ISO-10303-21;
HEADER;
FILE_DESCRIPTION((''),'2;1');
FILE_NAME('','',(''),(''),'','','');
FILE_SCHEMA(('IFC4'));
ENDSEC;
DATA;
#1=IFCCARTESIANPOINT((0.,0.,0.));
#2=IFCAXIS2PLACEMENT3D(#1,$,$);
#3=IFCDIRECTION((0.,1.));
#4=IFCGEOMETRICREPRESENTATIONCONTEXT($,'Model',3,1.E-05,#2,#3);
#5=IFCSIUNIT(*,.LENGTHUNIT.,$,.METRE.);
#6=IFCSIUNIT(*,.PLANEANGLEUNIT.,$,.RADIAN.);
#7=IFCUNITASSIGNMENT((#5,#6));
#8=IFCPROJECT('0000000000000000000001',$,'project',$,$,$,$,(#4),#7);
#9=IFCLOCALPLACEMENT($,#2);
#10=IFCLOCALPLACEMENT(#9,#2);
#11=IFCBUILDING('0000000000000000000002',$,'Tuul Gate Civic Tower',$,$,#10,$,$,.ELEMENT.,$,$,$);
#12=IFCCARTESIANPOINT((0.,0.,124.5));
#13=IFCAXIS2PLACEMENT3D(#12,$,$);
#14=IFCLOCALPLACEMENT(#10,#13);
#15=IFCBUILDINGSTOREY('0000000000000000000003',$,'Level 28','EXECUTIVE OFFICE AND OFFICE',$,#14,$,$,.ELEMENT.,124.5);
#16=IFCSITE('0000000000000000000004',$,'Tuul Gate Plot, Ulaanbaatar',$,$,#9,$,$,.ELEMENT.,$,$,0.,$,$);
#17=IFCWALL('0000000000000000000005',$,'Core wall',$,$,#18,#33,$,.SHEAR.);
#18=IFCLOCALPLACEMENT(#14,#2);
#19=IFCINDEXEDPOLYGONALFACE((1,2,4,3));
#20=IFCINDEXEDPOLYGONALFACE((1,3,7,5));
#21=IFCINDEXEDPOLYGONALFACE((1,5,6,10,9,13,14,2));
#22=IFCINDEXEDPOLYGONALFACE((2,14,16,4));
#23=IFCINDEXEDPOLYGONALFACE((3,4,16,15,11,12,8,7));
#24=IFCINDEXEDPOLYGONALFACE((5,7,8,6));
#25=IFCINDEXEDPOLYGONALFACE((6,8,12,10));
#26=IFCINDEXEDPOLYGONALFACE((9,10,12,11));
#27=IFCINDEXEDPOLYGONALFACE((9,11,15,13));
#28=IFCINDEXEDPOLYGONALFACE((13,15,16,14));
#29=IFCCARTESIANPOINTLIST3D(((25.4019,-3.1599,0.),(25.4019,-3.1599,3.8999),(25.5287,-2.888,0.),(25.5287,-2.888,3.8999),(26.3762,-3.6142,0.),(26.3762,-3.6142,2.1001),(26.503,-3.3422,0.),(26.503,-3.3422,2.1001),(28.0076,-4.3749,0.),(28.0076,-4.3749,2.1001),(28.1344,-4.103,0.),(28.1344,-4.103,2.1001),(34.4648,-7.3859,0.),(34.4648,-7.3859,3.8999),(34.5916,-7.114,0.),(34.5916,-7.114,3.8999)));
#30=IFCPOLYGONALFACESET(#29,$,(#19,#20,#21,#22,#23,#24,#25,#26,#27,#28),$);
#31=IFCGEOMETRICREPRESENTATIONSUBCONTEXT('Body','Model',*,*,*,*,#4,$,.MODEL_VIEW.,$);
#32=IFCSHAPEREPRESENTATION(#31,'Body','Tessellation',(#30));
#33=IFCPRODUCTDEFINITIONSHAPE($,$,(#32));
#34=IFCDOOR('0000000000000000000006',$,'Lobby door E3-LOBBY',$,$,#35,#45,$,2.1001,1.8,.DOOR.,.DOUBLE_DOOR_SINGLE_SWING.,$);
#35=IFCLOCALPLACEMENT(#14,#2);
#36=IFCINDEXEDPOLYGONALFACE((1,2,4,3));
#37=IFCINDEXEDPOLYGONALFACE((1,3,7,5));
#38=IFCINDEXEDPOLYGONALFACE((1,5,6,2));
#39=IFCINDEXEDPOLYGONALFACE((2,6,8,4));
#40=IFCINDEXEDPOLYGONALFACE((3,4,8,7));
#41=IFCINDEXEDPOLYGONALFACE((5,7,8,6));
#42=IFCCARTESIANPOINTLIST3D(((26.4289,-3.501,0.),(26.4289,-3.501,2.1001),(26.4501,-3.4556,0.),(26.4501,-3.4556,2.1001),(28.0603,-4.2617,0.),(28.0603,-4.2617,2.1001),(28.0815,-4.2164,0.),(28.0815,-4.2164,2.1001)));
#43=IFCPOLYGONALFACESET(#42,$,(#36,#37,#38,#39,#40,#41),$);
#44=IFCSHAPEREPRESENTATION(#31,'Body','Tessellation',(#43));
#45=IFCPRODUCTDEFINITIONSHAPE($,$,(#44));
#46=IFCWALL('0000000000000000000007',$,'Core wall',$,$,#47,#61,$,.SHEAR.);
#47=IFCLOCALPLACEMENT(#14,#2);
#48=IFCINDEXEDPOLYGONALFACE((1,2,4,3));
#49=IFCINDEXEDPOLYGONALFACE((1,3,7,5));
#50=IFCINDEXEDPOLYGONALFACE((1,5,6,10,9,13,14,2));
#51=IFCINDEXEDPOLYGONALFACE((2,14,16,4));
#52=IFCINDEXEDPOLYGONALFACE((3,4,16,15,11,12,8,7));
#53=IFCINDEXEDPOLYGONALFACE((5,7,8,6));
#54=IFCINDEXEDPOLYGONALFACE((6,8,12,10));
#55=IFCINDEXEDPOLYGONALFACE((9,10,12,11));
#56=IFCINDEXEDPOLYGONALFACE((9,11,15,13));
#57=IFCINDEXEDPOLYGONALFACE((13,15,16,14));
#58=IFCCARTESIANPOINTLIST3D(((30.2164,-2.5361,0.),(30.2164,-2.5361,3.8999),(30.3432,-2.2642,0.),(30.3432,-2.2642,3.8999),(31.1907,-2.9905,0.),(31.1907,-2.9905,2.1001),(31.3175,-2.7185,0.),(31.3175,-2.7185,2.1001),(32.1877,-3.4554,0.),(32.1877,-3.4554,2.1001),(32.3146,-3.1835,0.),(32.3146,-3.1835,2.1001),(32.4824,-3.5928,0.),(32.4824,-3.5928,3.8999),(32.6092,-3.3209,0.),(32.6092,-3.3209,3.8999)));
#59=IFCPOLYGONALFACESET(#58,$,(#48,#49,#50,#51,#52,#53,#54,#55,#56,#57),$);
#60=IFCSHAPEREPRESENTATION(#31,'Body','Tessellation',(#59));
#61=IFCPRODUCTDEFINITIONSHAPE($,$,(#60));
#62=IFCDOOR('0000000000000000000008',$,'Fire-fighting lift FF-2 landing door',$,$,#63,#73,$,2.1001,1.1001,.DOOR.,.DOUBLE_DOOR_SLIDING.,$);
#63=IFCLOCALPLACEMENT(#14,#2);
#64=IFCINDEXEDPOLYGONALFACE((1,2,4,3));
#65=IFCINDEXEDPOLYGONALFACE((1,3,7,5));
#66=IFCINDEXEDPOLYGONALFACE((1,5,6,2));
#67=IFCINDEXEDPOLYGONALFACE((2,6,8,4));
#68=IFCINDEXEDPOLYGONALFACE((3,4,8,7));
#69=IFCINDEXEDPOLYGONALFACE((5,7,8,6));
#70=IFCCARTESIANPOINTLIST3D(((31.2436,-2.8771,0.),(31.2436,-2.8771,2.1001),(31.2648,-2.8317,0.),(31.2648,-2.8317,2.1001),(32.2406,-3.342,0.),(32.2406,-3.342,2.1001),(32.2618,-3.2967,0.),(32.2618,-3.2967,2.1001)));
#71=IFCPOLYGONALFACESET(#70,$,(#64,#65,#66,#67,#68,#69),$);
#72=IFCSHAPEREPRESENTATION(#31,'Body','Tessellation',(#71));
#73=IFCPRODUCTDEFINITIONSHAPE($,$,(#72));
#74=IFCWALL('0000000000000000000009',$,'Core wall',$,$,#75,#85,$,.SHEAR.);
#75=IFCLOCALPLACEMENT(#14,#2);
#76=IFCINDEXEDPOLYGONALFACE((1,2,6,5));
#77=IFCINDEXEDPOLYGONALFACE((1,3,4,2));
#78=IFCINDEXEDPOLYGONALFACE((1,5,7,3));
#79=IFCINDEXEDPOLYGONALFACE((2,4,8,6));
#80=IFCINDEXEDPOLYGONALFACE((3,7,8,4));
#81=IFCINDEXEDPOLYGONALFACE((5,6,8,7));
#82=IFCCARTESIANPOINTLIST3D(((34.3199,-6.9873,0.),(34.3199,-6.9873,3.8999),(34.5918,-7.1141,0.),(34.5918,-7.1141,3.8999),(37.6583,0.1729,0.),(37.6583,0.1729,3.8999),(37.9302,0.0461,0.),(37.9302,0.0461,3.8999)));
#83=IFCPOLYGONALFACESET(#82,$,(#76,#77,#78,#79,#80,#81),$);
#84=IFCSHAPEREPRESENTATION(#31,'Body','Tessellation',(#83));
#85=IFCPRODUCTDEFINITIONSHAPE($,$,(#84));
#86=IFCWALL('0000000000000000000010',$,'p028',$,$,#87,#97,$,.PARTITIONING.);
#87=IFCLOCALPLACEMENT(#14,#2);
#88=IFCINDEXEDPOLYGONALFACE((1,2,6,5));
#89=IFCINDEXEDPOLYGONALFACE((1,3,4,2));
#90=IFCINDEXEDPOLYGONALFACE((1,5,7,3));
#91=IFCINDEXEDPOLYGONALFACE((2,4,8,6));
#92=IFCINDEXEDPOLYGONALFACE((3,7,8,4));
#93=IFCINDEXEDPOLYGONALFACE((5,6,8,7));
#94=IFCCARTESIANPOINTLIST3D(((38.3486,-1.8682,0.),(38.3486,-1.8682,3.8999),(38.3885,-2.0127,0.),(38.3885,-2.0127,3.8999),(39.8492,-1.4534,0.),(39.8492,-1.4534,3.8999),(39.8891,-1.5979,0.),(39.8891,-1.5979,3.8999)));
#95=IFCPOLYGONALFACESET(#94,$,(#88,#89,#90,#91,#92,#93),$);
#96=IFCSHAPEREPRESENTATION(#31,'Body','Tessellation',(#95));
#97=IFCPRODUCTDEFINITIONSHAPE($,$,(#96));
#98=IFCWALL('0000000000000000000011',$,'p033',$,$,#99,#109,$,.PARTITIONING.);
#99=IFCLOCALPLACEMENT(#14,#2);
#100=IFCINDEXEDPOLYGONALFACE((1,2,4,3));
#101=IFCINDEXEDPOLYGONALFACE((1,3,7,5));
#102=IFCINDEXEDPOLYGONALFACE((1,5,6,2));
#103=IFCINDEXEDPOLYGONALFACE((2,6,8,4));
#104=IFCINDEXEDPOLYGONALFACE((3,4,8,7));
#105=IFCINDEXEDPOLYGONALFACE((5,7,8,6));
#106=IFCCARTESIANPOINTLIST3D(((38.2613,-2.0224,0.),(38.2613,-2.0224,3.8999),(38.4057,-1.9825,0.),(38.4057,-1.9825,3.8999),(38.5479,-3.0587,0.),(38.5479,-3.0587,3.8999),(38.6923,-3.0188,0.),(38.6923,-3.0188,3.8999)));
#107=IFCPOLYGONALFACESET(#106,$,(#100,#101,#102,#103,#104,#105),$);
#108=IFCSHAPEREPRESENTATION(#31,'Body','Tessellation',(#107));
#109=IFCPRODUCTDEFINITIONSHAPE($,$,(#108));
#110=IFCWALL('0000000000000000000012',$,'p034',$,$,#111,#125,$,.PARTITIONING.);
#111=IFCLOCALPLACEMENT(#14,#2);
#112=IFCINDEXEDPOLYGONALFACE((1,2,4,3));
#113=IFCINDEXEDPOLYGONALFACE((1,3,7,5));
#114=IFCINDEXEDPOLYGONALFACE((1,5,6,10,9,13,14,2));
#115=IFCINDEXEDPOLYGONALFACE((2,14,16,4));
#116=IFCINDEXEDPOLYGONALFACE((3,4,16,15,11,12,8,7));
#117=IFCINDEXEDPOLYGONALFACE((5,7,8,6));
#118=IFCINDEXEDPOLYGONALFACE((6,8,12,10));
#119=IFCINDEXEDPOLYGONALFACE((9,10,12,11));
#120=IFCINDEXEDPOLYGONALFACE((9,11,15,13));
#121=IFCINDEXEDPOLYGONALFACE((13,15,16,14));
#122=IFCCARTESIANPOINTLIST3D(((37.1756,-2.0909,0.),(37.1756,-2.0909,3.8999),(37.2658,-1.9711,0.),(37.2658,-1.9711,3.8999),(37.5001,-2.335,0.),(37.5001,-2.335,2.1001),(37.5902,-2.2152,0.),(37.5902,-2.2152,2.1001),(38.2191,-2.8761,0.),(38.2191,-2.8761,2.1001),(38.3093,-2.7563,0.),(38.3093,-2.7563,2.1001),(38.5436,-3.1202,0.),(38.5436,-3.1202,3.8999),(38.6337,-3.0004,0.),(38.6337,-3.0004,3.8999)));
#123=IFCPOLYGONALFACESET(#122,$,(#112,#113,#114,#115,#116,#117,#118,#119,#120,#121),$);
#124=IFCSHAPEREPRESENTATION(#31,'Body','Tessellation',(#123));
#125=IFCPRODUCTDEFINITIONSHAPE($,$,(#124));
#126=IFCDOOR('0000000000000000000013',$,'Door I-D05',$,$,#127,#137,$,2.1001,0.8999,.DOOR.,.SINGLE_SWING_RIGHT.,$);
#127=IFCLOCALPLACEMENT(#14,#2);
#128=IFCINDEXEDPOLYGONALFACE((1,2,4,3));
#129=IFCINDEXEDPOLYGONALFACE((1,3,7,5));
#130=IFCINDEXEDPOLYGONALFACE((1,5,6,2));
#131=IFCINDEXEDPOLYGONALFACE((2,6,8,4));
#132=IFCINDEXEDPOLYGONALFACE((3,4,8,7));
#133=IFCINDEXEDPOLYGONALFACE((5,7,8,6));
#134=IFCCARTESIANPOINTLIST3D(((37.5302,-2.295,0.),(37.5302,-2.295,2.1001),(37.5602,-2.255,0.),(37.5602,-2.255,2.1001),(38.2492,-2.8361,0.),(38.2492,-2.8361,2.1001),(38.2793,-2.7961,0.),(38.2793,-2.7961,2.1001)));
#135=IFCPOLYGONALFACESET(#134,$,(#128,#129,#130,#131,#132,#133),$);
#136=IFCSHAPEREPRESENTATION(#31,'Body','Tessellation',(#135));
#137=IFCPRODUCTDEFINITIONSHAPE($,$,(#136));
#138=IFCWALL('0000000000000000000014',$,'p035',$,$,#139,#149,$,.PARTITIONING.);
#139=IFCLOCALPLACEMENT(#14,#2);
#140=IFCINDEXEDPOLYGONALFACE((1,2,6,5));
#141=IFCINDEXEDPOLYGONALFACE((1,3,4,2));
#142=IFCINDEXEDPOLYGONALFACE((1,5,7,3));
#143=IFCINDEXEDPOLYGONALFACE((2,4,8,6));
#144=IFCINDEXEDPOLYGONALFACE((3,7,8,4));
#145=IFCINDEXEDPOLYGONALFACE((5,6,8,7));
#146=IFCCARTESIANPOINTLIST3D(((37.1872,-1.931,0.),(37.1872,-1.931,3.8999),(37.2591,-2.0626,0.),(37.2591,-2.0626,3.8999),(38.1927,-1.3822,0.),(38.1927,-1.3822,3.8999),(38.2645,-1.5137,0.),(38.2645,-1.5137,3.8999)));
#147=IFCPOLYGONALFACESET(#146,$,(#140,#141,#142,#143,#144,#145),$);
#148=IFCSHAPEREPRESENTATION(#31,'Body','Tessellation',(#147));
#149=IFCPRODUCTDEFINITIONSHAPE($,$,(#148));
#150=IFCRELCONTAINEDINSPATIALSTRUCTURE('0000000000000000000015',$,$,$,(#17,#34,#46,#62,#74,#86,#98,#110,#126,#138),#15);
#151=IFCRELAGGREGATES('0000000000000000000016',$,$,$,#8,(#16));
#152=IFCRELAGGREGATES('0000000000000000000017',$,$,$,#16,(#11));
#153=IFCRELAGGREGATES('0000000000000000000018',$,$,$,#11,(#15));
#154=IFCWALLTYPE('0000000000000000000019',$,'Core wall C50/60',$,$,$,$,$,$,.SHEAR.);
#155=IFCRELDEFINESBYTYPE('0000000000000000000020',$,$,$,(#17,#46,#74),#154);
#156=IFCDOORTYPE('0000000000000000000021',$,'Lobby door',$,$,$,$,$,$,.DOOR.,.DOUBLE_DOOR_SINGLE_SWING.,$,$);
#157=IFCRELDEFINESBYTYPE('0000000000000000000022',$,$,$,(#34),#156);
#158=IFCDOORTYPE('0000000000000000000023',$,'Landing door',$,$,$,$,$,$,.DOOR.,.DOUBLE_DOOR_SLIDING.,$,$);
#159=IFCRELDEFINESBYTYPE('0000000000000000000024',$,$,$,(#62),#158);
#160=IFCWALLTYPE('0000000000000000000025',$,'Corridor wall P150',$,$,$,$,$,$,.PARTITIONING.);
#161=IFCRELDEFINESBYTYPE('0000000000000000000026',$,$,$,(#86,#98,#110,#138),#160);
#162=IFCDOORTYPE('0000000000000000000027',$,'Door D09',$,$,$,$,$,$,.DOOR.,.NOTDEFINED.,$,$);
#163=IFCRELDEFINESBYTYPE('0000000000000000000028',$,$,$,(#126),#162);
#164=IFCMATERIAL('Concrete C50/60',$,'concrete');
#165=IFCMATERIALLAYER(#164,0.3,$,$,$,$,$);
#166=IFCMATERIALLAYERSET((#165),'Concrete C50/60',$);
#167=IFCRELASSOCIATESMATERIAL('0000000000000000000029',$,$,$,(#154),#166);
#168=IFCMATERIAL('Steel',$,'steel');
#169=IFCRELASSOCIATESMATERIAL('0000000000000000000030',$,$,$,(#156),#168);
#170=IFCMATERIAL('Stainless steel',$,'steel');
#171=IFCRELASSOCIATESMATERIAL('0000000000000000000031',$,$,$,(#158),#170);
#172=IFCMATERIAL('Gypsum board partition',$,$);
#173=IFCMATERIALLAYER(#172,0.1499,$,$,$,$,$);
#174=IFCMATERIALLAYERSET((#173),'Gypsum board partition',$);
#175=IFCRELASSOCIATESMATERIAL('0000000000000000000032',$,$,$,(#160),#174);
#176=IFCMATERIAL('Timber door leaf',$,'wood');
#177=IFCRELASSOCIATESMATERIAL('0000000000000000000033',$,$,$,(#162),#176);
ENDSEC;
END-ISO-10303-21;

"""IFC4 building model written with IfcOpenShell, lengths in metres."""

from ifc_helpers import new_model, si_unit, direction, frame, frame_2d, origin, place, context, subcontext, project, spatial, rectangle, extrude, material, layer, layer_set, type_object, element, fill, save


model = new_model("IFC4")

# Units and contexts
model_context = context("Model", 3, precision=1e-05, world=origin(), true_north=direction((0.0, 1.0)))
body_context = subcontext(model_context, "Body", "Model", "MODEL_VIEW")
ifc_project = project(units=[si_unit("LENGTHUNIT", "METRE"), si_unit("PLANEANGLEUNIT", "RADIAN")], contexts=[model_context])

# Site, building, storey
site_placement = place(None, origin())
site = spatial("IfcSite", under=ifc_project, at=site_placement, Name="Tuul Gate Plot, Ulaanbaatar", CompositionType="ELEMENT", RefElevation=0.0)
building_placement = place(site_placement, origin())
building = spatial("IfcBuilding", under=site, at=building_placement, Name="Tuul Gate Civic Tower", CompositionType="ELEMENT")
storey_placement = place(building_placement, frame((0.0, 0.0, 124.5)))
storey = spatial("IfcBuildingStorey", under=building, at=storey_placement, Name="Level 28", Description="EXECUTIVE OFFICE AND OFFICE", CompositionType="ELEMENT", Elevation=124.5)

# Walls, openings, doors
ifc_material_1 = material(Name="Concrete C50/60", Category="concrete")
ifc_layer_1 = layer(ifc_material_1, 0.3)
ifc_layer_set_1 = layer_set([ifc_layer_1], Name="Concrete C50/60")
wall_type_1 = type_object("IfcWallType", Name="Core wall C50/60", PredefinedType="SHEAR", material=ifc_layer_set_1)
wall_1_placement = place(storey_placement, frame((34.5283, -7.25, 0.0), z_axis=(0.0, 0.0, 1.0), x_axis=(-0.90631, 0.422613, 0.0)))
wall_1 = element("IfcWall", 1, at=wall_1_placement, inside=storey, type_object=wall_type_1, Name="Core wall", PredefinedType="SHEAR", context=body_context, shape_type="SweptSolid", body=[
    extrude(rectangle(XDim=9.9998, YDim=0.3, at=frame_2d((5.0, 0.0))), origin(), (0.0, 0.0, 1.0), 3.8999),
])
opening_1_placement = place(wall_1_placement, frame((7.125, 0.0, 0.0)))
opening_1 = element("IfcOpeningElement", 2, at=opening_1_placement, cuts=wall_1, PredefinedType="OPENING", context=body_context, shape_type="SweptSolid", body=[
    extrude(rectangle(XDim=1.8, YDim=2.1001, at=frame_2d((0.8999, 1.05))), frame((0.0, 0.1602, 0.0), z_axis=(0.0, -1.0, 0.0), x_axis=(1.0, 0.0, 0.0)), (0.0, 0.0, 1.0), 0.3201),
])
ifc_material_2 = material(Name="Steel", Category="steel")
door_type_1 = type_object("IfcDoorType", Name="Lobby door", OperationType="DOUBLE_DOOR_SINGLE_SWING", PredefinedType="DOOR", material=ifc_material_2)
door_1_placement = place(opening_1_placement, frame((1.8, 0.0, 0.0), z_axis=(0.0, 0.0, 1.0), x_axis=(-1.0, 0.0, 0.0)))
door_1 = element("IfcDoor", 3, at=door_1_placement, inside=storey, type_object=door_type_1, Name="Lobby door E3-LOBBY", OperationType="DOUBLE_DOOR_SINGLE_SWING", OverallHeight=2.1001, OverallWidth=1.8, PredefinedType="DOOR", context=body_context, shape_type="SweptSolid", body=[
    extrude(rectangle(XDim=1.8, YDim=2.1001, at=frame_2d((0.9001, 1.05))), frame((0.0, 0.0249, 0.0), z_axis=(0.0, -1.0, 0.0), x_axis=(1.0, 0.0, 0.0)), (0.0, 0.0, 1.0), 0.05),
])
fill(opening_1, door_1)
wall_2_placement = place(storey_placement, frame((32.5457, -3.4568, 0.0), z_axis=(0.0, 0.0, 1.0), x_axis=(-0.9063, 0.422634, 0.0)))
wall_2 = element("IfcWall", 4, at=wall_2_placement, inside=storey, type_object=wall_type_1, Name="Core wall", PredefinedType="SHEAR", context=body_context, shape_type="SweptSolid", body=[
    extrude(rectangle(XDim=2.5002, YDim=0.3, at=frame_2d((1.25, 0.0))), origin(), (0.0, 0.0, 1.0), 3.8999),
])
opening_2_placement = place(wall_2_placement, frame((0.325, 0.0, 0.0)))
opening_2 = element("IfcOpeningElement", 5, at=opening_2_placement, cuts=wall_2, PredefinedType="OPENING", context=body_context, shape_type="SweptSolid", body=[
    extrude(rectangle(XDim=1.1001, YDim=2.1001, at=frame_2d((0.55, 1.05))), frame((0.0, 0.1602, 0.0), z_axis=(0.0, -1.0, 0.0), x_axis=(1.0, 0.0, 0.0)), (0.0, 0.0, 1.0), 0.3201),
])
ifc_material_3 = material(Name="Stainless steel", Category="steel")
door_type_2 = type_object("IfcDoorType", Name="Landing door", OperationType="DOUBLE_DOOR_SLIDING", PredefinedType="DOOR", material=ifc_material_3)
door_2_placement = place(opening_2_placement, origin())
door_2 = element("IfcDoor", 6, at=door_2_placement, inside=storey, type_object=door_type_2, Name="Fire-fighting lift FF-2 landing door", OperationType="DOUBLE_DOOR_SLIDING", OverallHeight=2.1001, OverallWidth=1.1001, PredefinedType="DOOR", context=body_context, shape_type="SweptSolid", body=[
    extrude(rectangle(XDim=1.1001, YDim=2.1001, at=frame_2d((0.55, 1.05))), frame((0.0, 0.0249, 0.0), z_axis=(0.0, -1.0, 0.0), x_axis=(1.0, 0.0, 0.0)), (0.0, 0.0, 1.0), 0.05),
])
fill(opening_2, door_2)

# Walls
wall_3_placement = place(storey_placement, frame((34.4558, -7.0508, 0.0), z_axis=(0.0, 0.0, 1.0), x_axis=(0.422571, 0.90633, 0.0)))
element("IfcWall", 7, at=wall_3_placement, inside=storey, type_object=wall_type_1, Name="Core wall", PredefinedType="SHEAR", context=body_context, shape_type="SweptSolid", body=[
    extrude(rectangle(XDim=7.9001, YDim=0.3, at=frame_2d((3.9502, 0.0))), origin(), (0.0, 0.0, 1.0), 3.8999),
])
ifc_material_4 = material(Name="Gypsum board partition")
ifc_layer_2 = layer(ifc_material_4, 0.1499)
ifc_layer_set_2 = layer_set([ifc_layer_2], Name="Gypsum board partition")
wall_type_2 = type_object("IfcWallType", Name="Corridor wall P150", PredefinedType="PARTITIONING", material=ifc_layer_set_2)
wall_4_placement = place(storey_placement, frame((38.3687, -1.9404, 0.0), z_axis=(0.0, 0.0, 1.0), x_axis=(0.96385, 0.266447, 0.0)))
element("IfcWall", 8, at=wall_4_placement, inside=storey, type_object=wall_type_2, Name="p028", PredefinedType="PARTITIONING", context=body_context, shape_type="SweptSolid", body=[
    extrude(rectangle(XDim=1.5569, YDim=0.1499, at=frame_2d((0.7783, 0.0))), origin(), (0.0, 0.0, 1.0), 3.8999),
])
wall_5_placement = place(storey_placement, frame((38.3335, -2.0024, 0.0), z_axis=(0.0, 0.0, 1.0), x_axis=(0.266555, -0.96382, 0.0)))
element("IfcWall", 9, at=wall_5_placement, inside=storey, type_object=wall_type_2, Name="p033", PredefinedType="PARTITIONING", context=body_context, shape_type="SweptSolid", body=[
    extrude(rectangle(XDim=1.0752, YDim=0.1499, at=frame_2d((0.5376, 0.0))), origin(), (0.0, 0.0, 1.0), 3.8999),
])

# Wall, opening, door
wall_6_placement = place(storey_placement, frame((37.2207, -2.031, 0.0), z_axis=(0.0, 0.0, 1.0), x_axis=(0.799058, -0.601254, 0.0)))
wall_6 = element("IfcWall", 10, at=wall_6_placement, inside=storey, type_object=wall_type_2, Name="p034", PredefinedType="PARTITIONING", context=body_context, shape_type="SweptSolid", body=[
    extrude(rectangle(XDim=1.7119, YDim=0.1499, at=frame_2d((0.856, 0.0))), origin(), (0.0, 0.0, 1.0), 3.8999),
])
opening_3_placement = place(wall_6_placement, frame((0.406, 0.0, 0.0)))
opening_3 = element("IfcOpeningElement", 11, at=opening_3_placement, cuts=wall_6, PredefinedType="OPENING", context=body_context, shape_type="SweptSolid", body=[
    extrude(rectangle(XDim=0.8999, YDim=2.1001, at=frame_2d((0.45, 1.05))), frame((0.0, 0.085, 0.0), z_axis=(0.0, -1.0, 0.0), x_axis=(1.0, 0.0, 0.0)), (0.0, 0.0, 1.0), 0.1699),
])
ifc_material_5 = material(Name="Timber door leaf", Category="wood")
door_type_3 = type_object("IfcDoorType", Name="Door D09", OperationType="NOTDEFINED", PredefinedType="DOOR", material=ifc_material_5)
door_3_placement = place(opening_3_placement, frame((0.8999, 0.0, 0.0), z_axis=(0.0, 0.0, 1.0), x_axis=(-1.0, 0.0, 0.0)))
door_3 = element("IfcDoor", 12, at=door_3_placement, inside=storey, type_object=door_type_3, Name="Door I-D05", OperationType="SINGLE_SWING_RIGHT", OverallHeight=2.1001, OverallWidth=0.8999, PredefinedType="DOOR", context=body_context, shape_type="SweptSolid", body=[
    extrude(rectangle(XDim=0.8999, YDim=2.1001, at=frame_2d((0.45, 1.05))), frame((0.0, 0.0249, 0.0), z_axis=(0.0, -1.0, 0.0), x_axis=(1.0, 0.0, 0.0)), (0.0, 0.0, 1.0), 0.05),
])
fill(opening_3, door_3)

# Wall
wall_7_placement = place(storey_placement, frame((37.2231, -1.9968, 0.0), z_axis=(0.0, 0.0, 1.0), x_axis=(0.877733, 0.479151, 0.0)))
element("IfcWall", 13, at=wall_7_placement, inside=storey, type_object=wall_type_2, Name="p035", PredefinedType="PARTITIONING", context=body_context, shape_type="SweptSolid", body=[
    extrude(rectangle(XDim=1.1455, YDim=0.1499, at=frame_2d((0.5728, 0.0))), origin(), (0.0, 0.0, 1.0), 3.8999),
])

save(model, "model.ifc")
